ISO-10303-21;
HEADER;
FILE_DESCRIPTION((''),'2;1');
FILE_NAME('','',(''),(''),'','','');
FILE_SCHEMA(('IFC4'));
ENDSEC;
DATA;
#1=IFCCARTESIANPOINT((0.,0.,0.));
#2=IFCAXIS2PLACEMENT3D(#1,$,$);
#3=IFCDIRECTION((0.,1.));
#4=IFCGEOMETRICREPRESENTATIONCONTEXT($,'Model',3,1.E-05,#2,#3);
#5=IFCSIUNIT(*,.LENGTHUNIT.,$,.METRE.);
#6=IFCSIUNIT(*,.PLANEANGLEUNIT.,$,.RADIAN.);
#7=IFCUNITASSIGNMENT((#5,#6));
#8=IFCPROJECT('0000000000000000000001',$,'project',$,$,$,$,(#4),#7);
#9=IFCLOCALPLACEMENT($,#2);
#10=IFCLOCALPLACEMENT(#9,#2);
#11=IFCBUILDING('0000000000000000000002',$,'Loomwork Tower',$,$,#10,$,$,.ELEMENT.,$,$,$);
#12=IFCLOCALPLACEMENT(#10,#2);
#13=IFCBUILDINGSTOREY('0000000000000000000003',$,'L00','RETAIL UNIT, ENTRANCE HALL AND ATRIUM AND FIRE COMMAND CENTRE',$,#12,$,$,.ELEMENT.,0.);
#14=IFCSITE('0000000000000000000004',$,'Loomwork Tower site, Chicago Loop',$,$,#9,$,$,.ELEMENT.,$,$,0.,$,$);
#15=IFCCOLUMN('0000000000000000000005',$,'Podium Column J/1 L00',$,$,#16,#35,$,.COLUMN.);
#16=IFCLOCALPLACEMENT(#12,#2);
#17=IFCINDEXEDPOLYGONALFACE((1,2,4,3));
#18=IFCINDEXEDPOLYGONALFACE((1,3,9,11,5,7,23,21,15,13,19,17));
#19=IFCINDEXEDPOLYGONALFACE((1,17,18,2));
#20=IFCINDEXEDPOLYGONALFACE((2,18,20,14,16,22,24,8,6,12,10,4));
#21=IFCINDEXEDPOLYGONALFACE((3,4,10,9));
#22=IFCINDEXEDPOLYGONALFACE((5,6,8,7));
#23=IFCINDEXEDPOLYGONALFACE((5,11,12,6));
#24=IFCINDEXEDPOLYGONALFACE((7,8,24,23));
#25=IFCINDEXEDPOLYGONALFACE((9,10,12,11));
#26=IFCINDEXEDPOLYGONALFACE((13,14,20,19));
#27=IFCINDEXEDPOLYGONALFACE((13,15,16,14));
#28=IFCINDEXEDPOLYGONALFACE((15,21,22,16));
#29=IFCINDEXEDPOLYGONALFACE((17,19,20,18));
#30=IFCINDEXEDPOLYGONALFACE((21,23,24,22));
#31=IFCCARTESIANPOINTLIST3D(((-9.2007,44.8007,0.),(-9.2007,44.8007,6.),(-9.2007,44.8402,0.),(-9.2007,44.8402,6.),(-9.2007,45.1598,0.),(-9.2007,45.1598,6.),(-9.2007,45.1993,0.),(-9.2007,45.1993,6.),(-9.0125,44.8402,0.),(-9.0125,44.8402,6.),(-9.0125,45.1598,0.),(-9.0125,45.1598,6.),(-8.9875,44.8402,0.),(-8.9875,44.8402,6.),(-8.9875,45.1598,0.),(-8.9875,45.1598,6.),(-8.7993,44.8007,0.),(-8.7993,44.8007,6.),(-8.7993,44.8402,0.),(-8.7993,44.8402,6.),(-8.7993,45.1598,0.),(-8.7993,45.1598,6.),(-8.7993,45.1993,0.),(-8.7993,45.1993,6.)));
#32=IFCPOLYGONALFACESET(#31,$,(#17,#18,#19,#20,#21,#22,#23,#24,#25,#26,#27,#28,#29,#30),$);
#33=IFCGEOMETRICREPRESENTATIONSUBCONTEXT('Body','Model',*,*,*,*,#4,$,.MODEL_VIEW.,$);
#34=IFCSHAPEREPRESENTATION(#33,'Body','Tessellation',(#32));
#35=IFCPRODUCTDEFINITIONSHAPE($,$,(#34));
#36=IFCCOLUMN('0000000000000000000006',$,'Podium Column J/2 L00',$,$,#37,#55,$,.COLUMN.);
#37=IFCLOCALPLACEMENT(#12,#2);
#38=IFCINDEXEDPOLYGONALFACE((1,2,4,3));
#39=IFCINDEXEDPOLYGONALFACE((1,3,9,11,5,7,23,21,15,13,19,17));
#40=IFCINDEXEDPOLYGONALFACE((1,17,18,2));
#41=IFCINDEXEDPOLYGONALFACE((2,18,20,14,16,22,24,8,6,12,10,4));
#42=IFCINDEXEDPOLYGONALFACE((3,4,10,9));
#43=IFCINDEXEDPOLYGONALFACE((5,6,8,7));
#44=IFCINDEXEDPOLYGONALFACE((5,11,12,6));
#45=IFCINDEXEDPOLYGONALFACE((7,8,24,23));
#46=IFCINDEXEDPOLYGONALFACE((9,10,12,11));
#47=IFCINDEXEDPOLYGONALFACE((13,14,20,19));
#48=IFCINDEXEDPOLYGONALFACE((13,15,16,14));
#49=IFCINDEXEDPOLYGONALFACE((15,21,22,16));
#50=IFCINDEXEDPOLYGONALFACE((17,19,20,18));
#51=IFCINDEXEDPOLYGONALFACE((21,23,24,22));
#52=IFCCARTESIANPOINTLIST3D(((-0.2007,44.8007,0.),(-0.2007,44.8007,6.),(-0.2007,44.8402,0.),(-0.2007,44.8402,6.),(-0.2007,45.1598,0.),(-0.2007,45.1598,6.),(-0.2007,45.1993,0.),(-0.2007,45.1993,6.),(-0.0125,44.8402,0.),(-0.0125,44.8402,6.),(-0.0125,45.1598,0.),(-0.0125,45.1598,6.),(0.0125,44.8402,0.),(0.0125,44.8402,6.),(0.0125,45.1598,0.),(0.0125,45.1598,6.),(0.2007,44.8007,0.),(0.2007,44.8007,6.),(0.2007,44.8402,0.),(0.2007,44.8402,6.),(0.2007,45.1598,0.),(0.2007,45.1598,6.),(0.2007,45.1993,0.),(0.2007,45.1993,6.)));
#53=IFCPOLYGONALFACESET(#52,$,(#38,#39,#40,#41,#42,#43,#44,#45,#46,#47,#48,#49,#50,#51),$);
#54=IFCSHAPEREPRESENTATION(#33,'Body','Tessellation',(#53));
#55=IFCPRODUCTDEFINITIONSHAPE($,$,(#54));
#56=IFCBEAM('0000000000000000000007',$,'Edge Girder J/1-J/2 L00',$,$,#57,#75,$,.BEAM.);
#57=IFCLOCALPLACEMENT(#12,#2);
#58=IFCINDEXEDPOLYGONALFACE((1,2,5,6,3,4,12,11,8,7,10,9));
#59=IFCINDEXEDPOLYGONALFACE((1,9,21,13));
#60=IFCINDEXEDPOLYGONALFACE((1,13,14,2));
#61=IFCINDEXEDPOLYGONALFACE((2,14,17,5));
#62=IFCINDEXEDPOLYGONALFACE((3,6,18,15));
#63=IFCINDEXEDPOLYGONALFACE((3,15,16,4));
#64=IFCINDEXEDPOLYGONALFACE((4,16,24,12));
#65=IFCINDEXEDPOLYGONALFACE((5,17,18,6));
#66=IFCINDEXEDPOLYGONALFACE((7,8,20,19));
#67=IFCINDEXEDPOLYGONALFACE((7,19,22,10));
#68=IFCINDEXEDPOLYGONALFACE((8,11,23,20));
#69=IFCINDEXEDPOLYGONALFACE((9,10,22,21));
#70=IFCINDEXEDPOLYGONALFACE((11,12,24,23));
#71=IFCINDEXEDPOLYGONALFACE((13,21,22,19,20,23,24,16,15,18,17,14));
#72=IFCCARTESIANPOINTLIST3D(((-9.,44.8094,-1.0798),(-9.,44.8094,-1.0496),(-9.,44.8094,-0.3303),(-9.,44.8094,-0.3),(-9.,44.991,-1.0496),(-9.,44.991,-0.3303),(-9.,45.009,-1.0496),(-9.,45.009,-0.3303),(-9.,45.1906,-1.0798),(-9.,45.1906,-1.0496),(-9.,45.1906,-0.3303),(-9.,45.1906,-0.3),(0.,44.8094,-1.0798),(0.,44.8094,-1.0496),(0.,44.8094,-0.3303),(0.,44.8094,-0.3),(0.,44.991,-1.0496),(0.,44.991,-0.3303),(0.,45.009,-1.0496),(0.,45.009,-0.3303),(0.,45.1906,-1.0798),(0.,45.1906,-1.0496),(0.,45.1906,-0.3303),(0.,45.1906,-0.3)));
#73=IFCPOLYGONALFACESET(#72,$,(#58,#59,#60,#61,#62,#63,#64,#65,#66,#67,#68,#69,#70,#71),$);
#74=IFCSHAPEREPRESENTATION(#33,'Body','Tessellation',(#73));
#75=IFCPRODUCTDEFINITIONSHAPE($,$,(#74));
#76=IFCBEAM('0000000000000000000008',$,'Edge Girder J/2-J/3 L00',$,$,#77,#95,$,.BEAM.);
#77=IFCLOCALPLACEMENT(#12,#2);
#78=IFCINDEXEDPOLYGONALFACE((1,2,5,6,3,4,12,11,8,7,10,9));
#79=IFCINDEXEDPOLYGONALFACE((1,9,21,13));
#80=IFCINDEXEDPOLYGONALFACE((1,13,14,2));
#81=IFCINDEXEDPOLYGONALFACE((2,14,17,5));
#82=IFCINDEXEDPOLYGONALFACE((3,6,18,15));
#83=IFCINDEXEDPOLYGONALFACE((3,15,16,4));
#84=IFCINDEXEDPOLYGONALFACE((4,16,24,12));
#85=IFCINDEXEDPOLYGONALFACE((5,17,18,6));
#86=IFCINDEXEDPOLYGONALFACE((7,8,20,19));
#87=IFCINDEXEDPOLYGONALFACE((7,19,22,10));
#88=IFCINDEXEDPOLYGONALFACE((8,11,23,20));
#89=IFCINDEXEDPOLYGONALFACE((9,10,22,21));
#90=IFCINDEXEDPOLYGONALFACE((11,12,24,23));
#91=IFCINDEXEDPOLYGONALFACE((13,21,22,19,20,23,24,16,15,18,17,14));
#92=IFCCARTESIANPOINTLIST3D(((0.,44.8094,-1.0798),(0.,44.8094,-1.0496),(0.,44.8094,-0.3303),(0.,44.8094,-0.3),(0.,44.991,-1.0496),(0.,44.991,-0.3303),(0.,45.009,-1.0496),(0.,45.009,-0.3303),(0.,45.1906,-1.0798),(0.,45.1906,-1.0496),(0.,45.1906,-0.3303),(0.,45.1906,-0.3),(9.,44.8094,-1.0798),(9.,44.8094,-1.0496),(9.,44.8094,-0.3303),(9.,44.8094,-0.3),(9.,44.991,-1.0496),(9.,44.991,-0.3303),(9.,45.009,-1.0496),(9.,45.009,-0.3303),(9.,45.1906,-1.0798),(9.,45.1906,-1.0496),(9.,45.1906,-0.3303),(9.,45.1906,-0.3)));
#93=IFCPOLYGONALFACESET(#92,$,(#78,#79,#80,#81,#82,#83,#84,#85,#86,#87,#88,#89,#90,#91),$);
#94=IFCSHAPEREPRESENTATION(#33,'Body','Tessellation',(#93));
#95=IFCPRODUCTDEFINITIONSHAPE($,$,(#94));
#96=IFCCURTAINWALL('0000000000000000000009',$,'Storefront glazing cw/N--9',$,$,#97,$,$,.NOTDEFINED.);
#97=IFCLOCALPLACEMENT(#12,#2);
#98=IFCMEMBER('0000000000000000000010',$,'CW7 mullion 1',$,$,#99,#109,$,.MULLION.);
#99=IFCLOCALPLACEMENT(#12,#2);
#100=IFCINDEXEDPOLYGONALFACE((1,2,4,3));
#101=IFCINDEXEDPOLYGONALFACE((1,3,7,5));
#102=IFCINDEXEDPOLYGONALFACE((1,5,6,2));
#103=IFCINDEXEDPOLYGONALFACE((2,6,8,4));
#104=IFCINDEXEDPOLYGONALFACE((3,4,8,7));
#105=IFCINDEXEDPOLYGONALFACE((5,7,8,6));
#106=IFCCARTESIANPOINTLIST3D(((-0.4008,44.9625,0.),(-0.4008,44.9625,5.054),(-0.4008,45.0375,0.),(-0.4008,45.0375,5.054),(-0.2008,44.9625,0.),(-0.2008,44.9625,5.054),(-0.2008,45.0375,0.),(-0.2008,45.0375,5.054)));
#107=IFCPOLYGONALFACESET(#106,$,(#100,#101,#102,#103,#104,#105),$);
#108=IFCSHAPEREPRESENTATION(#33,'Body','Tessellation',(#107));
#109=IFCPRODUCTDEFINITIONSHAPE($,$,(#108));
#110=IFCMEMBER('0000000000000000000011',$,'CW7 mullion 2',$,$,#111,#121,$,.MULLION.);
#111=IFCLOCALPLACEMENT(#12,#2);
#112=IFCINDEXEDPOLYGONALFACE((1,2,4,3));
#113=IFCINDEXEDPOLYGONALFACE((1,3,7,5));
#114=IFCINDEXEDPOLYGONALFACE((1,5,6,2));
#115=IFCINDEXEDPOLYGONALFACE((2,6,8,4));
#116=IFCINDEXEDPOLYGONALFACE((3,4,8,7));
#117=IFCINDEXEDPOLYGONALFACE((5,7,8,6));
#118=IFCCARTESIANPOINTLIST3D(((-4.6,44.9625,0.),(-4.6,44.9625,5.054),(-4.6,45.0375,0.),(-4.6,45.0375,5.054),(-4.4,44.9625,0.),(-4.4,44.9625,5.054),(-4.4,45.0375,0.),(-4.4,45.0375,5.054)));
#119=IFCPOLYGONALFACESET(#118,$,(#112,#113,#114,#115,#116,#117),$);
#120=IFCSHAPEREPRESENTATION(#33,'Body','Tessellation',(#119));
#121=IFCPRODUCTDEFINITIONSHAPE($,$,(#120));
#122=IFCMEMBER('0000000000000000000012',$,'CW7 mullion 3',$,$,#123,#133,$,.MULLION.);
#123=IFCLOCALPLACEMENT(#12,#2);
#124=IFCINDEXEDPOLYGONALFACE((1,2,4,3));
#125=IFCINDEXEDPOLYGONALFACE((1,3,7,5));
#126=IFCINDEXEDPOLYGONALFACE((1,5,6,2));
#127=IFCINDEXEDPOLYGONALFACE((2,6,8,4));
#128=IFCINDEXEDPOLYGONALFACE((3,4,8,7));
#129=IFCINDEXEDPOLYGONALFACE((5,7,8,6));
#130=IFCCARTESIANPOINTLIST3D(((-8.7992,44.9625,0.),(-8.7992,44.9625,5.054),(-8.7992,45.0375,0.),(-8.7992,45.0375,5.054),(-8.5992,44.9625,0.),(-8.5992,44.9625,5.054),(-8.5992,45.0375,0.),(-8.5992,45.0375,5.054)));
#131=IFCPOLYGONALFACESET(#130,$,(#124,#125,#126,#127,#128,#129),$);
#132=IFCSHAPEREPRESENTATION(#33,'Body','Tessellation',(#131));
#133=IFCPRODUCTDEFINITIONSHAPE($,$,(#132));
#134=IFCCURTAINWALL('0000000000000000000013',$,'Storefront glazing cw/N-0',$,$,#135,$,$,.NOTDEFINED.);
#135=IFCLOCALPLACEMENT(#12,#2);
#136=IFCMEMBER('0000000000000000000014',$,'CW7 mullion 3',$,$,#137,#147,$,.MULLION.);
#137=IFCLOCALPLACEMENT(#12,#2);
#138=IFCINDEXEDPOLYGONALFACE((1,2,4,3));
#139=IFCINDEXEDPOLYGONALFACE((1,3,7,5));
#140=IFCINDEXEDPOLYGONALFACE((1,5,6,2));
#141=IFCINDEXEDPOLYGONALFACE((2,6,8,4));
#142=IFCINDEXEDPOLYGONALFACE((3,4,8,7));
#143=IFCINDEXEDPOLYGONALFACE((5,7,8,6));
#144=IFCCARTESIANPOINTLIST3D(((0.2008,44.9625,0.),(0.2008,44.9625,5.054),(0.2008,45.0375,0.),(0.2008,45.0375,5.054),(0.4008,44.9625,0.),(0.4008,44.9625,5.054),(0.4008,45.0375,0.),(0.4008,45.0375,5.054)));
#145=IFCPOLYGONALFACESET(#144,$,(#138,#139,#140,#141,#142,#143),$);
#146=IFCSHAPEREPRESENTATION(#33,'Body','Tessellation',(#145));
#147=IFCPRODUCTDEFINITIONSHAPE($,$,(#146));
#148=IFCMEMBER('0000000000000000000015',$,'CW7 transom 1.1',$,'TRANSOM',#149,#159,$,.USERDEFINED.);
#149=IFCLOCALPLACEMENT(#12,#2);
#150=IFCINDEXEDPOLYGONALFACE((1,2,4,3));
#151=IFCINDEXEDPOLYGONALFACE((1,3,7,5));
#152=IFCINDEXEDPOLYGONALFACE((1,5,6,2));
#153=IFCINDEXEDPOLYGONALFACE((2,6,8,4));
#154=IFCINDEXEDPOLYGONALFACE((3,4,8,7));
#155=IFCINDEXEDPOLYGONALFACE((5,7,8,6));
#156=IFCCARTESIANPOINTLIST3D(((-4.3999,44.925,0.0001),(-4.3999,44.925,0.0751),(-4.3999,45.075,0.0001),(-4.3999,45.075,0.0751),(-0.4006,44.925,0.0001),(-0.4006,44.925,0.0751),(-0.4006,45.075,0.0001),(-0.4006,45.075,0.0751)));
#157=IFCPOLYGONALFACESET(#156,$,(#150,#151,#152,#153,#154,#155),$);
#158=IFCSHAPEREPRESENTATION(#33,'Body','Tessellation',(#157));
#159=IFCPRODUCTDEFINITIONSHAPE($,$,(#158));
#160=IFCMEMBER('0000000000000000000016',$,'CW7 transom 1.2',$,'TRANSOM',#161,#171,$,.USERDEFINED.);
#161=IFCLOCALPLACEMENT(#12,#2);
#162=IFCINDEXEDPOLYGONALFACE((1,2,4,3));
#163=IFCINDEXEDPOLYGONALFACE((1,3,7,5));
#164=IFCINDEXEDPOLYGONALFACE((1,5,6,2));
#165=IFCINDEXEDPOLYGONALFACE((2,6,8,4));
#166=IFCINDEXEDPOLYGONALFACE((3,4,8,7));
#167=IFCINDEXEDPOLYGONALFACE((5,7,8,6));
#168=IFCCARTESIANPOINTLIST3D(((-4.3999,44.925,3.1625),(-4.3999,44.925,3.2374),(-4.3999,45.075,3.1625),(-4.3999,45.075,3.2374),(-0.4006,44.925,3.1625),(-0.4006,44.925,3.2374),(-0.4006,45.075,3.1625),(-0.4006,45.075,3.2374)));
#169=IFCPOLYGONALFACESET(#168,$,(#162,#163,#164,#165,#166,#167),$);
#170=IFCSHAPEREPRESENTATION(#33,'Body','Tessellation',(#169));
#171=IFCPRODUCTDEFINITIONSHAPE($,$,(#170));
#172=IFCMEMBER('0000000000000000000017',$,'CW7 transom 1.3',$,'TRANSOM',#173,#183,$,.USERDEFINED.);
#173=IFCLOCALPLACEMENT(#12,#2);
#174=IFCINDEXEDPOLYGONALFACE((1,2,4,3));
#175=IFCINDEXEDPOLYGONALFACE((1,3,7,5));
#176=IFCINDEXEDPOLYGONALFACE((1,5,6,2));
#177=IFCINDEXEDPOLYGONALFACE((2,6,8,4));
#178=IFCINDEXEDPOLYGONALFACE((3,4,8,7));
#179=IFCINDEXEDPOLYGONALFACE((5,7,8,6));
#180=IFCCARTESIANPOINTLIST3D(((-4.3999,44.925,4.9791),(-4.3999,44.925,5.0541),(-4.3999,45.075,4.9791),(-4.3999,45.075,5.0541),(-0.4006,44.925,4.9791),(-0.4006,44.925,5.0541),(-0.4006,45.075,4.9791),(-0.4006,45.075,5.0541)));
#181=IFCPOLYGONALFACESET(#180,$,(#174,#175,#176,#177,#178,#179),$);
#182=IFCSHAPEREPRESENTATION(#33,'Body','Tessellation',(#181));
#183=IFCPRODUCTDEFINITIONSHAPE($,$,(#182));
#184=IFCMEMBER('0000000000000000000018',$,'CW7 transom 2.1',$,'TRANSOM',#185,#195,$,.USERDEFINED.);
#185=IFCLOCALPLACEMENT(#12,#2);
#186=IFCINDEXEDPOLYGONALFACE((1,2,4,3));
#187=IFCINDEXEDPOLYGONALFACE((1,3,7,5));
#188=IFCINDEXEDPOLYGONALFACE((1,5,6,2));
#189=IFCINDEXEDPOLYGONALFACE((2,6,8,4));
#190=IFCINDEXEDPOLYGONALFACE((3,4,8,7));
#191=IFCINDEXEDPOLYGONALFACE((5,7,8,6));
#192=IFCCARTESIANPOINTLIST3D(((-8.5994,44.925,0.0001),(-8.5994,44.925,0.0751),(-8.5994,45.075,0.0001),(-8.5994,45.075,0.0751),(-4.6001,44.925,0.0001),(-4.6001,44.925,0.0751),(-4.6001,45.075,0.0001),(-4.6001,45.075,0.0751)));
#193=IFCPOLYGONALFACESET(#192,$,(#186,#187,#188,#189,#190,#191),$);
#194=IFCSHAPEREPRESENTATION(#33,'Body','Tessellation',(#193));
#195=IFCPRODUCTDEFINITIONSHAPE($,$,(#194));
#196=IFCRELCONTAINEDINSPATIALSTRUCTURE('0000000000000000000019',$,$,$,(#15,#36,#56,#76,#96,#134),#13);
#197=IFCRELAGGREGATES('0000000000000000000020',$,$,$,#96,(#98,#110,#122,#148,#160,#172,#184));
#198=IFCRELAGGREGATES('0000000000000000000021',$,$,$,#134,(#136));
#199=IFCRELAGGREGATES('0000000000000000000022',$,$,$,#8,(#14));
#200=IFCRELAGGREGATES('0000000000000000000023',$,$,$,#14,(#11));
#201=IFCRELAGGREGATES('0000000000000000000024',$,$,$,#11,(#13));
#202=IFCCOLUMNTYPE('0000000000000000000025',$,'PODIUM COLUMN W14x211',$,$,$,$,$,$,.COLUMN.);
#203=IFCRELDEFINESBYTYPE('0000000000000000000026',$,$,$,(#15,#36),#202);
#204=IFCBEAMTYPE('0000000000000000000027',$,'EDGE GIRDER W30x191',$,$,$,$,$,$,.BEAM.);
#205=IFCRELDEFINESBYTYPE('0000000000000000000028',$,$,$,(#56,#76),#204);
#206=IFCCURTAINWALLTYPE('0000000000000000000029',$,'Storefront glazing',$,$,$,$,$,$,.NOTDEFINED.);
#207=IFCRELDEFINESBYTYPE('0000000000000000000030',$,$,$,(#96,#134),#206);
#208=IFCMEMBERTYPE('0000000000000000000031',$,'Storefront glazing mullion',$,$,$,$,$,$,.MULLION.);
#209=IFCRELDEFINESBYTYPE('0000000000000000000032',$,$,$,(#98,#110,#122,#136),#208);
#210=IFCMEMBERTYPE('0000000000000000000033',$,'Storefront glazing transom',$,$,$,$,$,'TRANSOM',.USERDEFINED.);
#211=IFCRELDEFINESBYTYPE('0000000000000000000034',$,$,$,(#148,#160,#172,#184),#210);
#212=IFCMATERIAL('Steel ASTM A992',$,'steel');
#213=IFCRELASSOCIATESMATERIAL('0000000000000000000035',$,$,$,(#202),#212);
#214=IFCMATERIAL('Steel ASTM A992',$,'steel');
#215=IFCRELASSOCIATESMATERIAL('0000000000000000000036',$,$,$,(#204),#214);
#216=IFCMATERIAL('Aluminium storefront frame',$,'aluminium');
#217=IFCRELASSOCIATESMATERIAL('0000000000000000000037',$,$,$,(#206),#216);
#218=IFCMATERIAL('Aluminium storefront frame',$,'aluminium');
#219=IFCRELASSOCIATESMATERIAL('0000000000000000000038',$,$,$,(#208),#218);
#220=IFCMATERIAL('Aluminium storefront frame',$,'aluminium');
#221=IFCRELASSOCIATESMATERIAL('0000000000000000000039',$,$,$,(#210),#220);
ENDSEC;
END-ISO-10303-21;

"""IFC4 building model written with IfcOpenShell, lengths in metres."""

from ifc_helpers import new_model, si_unit, direction, frame, origin, origin_2d, place, context, subcontext, project, spatial, rectangle, i_section, extrude, material, material_profile, profile_set, type_object, element, aggregate, save


model = new_model("IFC4")

# Units and contexts
model_context = context("Model", 3, precision=1e-05, world=origin(), true_north=direction((0.0, 1.0)))
body_context = subcontext(model_context, "Body", "Model", "MODEL_VIEW")
ifc_project = project(units=[si_unit("LENGTHUNIT", "METRE"), si_unit("PLANEANGLEUNIT", "RADIAN")], contexts=[model_context])

# Site, building, storey
site_placement = place(None, origin())
site = spatial("IfcSite", under=ifc_project, at=site_placement, Name="Loomwork Tower site, Chicago Loop", CompositionType="ELEMENT", RefElevation=0.0)
building_placement = place(site_placement, origin())
building = spatial("IfcBuilding", under=site, at=building_placement, Name="Loomwork Tower", CompositionType="ELEMENT")
storey_placement = place(building_placement, origin())
storey = spatial("IfcBuildingStorey", under=building, at=storey_placement, Name="L00", Description="RETAIL UNIT, ENTRANCE HALL AND ATRIUM AND FIRE COMMAND CENTRE", CompositionType="ELEMENT", Elevation=0.0)

# Columns
ifc_material_1 = material(Name="Steel ASTM A992", Category="steel")
ifc_material_profile_1 = material_profile(ifc_material_1, i_section(OverallWidth=0.4014, OverallDepth=0.3987, WebThickness=0.0249, FlangeThickness=0.0396, at=origin_2d()), Name="W14x211")
ifc_profile_set_1 = profile_set([ifc_material_profile_1], Name="Steel ASTM A992")
column_type = type_object("IfcColumnType", Name="PODIUM COLUMN W14x211", PredefinedType="COLUMN", material=ifc_profile_set_1)
for number, where, z_axis, x_axis, name in (
    (1, (-9.0, 45.0, 0.0), (0.0, 0.0, 1.0), (1.0, 0.0, 0.0), "Podium Column J/1 L00"),
    (2, (0.0, 45.0, 0.0), (0.0, 0.0, 1.0), (1.0, 0.0, 0.0), "Podium Column J/2 L00"),
):
    element("IfcColumn", number, at=place(storey_placement, frame(where, z_axis=z_axis, x_axis=x_axis)), inside=storey, type_object=column_type, Name=name, PredefinedType="COLUMN", context=body_context, shape_type="SweptSolid", body=[
        extrude(i_section(OverallWidth=0.4014, OverallDepth=0.3987, WebThickness=0.0249, FlangeThickness=0.0396, at=origin_2d()), origin(), (0.0, 0.0, 1.0), 6.0),
    ])

# Beams
ifc_material_2 = material(Name="Steel ASTM A992", Category="steel")
ifc_material_profile_2 = material_profile(ifc_material_2, i_section(OverallWidth=0.3811, OverallDepth=0.7798, WebThickness=0.0181, FlangeThickness=0.0303, at=origin_2d()), Name="W30x191")
ifc_profile_set_2 = profile_set([ifc_material_profile_2], Name="Steel ASTM A992")
beam_type = type_object("IfcBeamType", Name="EDGE GIRDER W30x191", PredefinedType="BEAM", material=ifc_profile_set_2)
for number, where, z_axis, x_axis, name in (
    (3, (-9.0, 45.0, -0.6899), (1.0, 0.0, 0.0), (0.0, 1.0, 0.0), "Edge Girder J/1-J/2 L00"),
    (4, (0.0, 45.0, -0.6899), (1.0, 0.0, 0.0), (0.0, 1.0, 0.0), "Edge Girder J/2-J/3 L00"),
):
    element("IfcBeam", number, at=place(storey_placement, frame(where, z_axis=z_axis, x_axis=x_axis)), inside=storey, type_object=beam_type, Name=name, PredefinedType="BEAM", context=body_context, shape_type="SweptSolid", body=[
        extrude(i_section(OverallWidth=0.3811, OverallDepth=0.7798, WebThickness=0.0181, FlangeThickness=0.0303, at=origin_2d()), origin(), (0.0, 0.0, 1.0), 9.0),
    ])

# Curtain wall, members
ifc_material_3 = material(Name="Aluminium storefront frame", Category="aluminium")
curtain_wall_type = type_object("IfcCurtainWallType", Name="Storefront glazing", PredefinedType="NOTDEFINED", material=ifc_material_3)
curtain_wall_1_placement = place(storey_placement, origin())
curtain_wall_1 = element("IfcCurtainWall", 5, at=curtain_wall_1_placement, inside=storey, type_object=curtain_wall_type, Name="Storefront glazing cw/N--9", PredefinedType="NOTDEFINED")
ifc_material_4 = material(Name="Aluminium storefront frame", Category="aluminium")
ifc_material_profile_3 = material_profile(ifc_material_4, rectangle(XDim=0.075, YDim=0.2, at=origin_2d()), Name="AL 75x200")
ifc_profile_set_3 = profile_set([ifc_material_profile_3], Name="Aluminium storefront frame")
member_type_1 = type_object("IfcMemberType", Name="Storefront glazing mullion", PredefinedType="MULLION", material=ifc_profile_set_3)
member_1_placement = place(storey_placement, frame((-0.3008, 45.0, 0.0), z_axis=(0.0, 0.0, 1.0), x_axis=(0.0, -1.0, 0.0)))
member_1 = element("IfcMember", 6, at=member_1_placement, type_object=member_type_1, Name="CW7 mullion 1", PredefinedType="MULLION", context=body_context, shape_type="SweptSolid", body=[
    extrude(rectangle(XDim=0.075, YDim=0.2, at=origin_2d()), origin(), (0.0, 0.0, 1.0), 5.054),
])
member_2_placement = place(storey_placement, frame((-4.5, 45.0, 0.0), z_axis=(0.0, 0.0, 1.0), x_axis=(0.0, -1.0, 0.0)))
member_2 = element("IfcMember", 7, at=member_2_placement, type_object=member_type_1, Name="CW7 mullion 2", PredefinedType="MULLION", context=body_context, shape_type="SweptSolid", body=[
    extrude(rectangle(XDim=0.075, YDim=0.2, at=origin_2d()), origin(), (0.0, 0.0, 1.0), 5.054),
])
member_3_placement = place(storey_placement, frame((-8.6992, 45.0, 0.0), z_axis=(0.0, 0.0, 1.0), x_axis=(0.0, -1.0, 0.0)))
member_3 = element("IfcMember", 8, at=member_3_placement, type_object=member_type_1, Name="CW7 mullion 3", PredefinedType="MULLION", context=body_context, shape_type="SweptSolid", body=[
    extrude(rectangle(XDim=0.075, YDim=0.2, at=origin_2d()), origin(), (0.0, 0.0, 1.0), 5.054),
])

# Curtain wall, member
curtain_wall_2_placement = place(storey_placement, origin())
curtain_wall_2 = element("IfcCurtainWall", 9, at=curtain_wall_2_placement, inside=storey, type_object=curtain_wall_type, Name="Storefront glazing cw/N-0", PredefinedType="NOTDEFINED")
member_4_placement = place(storey_placement, frame((0.3008, 45.0, 0.0), z_axis=(0.0, 0.0, 1.0), x_axis=(0.0, -1.0, 0.0)))
member_4 = element("IfcMember", 10, at=member_4_placement, type_object=member_type_1, Name="CW7 mullion 3", PredefinedType="MULLION", context=body_context, shape_type="SweptSolid", body=[
    extrude(rectangle(XDim=0.075, YDim=0.2, at=origin_2d()), origin(), (0.0, 0.0, 1.0), 5.054),
])

# Members
ifc_material_5 = material(Name="Aluminium storefront frame", Category="aluminium")
ifc_material_profile_4 = material_profile(ifc_material_5, rectangle(XDim=0.1499, YDim=0.075, at=origin_2d()), Name="AL 75x150")
ifc_profile_set_4 = profile_set([ifc_material_profile_4], Name="Aluminium storefront frame")
member_type_2 = type_object("IfcMemberType", Name="Storefront glazing transom", ElementType="TRANSOM", PredefinedType="USERDEFINED", material=ifc_profile_set_4)
member_5_placement = place(storey_placement, frame((-0.4006, 45.0, 0.0376), z_axis=(-1.0, 0.0, 0.0), x_axis=(0.0, -1.0, 0.0)))
member_5 = element("IfcMember", 11, at=member_5_placement, type_object=member_type_2, Name="CW7 transom 1.1", ObjectType="TRANSOM", PredefinedType="USERDEFINED", context=body_context, shape_type="SweptSolid", body=[
    extrude(rectangle(XDim=0.1499, YDim=0.075, at=origin_2d()), origin(), (0.0, 0.0, 1.0), 3.9993),
])
member_6_placement = place(storey_placement, frame((-0.4006, 45.0, 3.2), z_axis=(-1.0, 0.0, 0.0), x_axis=(0.0, -1.0, 0.0)))
member_6 = element("IfcMember", 12, at=member_6_placement, type_object=member_type_2, Name="CW7 transom 1.2", ObjectType="TRANSOM", PredefinedType="USERDEFINED", context=body_context, shape_type="SweptSolid", body=[
    extrude(rectangle(XDim=0.1499, YDim=0.075, at=origin_2d()), origin(), (0.0, 0.0, 1.0), 3.9993),
])
member_7_placement = place(storey_placement, frame((-0.4006, 45.0, 5.0166), z_axis=(-1.0, 0.0, 0.0), x_axis=(0.0, -1.0, 0.0)))
member_7 = element("IfcMember", 13, at=member_7_placement, type_object=member_type_2, Name="CW7 transom 1.3", ObjectType="TRANSOM", PredefinedType="USERDEFINED", context=body_context, shape_type="SweptSolid", body=[
    extrude(rectangle(XDim=0.1499, YDim=0.075, at=origin_2d()), origin(), (0.0, 0.0, 1.0), 3.9993),
])
member_8_placement = place(storey_placement, frame((-4.6001, 45.0, 0.0376), z_axis=(-1.0, 0.0, 0.0), x_axis=(0.0, -1.0, 0.0)))
member_8 = element("IfcMember", 14, at=member_8_placement, type_object=member_type_2, Name="CW7 transom 2.1", ObjectType="TRANSOM", PredefinedType="USERDEFINED", context=body_context, shape_type="SweptSolid", body=[
    extrude(rectangle(XDim=0.1499, YDim=0.075, at=origin_2d()), origin(), (0.0, 0.0, 1.0), 3.9993),
])

aggregate(curtain_wall_1, [member_1, member_2, member_3, member_5, member_6, member_7, member_8])
aggregate(curtain_wall_2, [member_4])

save(model, "model.ifc")
